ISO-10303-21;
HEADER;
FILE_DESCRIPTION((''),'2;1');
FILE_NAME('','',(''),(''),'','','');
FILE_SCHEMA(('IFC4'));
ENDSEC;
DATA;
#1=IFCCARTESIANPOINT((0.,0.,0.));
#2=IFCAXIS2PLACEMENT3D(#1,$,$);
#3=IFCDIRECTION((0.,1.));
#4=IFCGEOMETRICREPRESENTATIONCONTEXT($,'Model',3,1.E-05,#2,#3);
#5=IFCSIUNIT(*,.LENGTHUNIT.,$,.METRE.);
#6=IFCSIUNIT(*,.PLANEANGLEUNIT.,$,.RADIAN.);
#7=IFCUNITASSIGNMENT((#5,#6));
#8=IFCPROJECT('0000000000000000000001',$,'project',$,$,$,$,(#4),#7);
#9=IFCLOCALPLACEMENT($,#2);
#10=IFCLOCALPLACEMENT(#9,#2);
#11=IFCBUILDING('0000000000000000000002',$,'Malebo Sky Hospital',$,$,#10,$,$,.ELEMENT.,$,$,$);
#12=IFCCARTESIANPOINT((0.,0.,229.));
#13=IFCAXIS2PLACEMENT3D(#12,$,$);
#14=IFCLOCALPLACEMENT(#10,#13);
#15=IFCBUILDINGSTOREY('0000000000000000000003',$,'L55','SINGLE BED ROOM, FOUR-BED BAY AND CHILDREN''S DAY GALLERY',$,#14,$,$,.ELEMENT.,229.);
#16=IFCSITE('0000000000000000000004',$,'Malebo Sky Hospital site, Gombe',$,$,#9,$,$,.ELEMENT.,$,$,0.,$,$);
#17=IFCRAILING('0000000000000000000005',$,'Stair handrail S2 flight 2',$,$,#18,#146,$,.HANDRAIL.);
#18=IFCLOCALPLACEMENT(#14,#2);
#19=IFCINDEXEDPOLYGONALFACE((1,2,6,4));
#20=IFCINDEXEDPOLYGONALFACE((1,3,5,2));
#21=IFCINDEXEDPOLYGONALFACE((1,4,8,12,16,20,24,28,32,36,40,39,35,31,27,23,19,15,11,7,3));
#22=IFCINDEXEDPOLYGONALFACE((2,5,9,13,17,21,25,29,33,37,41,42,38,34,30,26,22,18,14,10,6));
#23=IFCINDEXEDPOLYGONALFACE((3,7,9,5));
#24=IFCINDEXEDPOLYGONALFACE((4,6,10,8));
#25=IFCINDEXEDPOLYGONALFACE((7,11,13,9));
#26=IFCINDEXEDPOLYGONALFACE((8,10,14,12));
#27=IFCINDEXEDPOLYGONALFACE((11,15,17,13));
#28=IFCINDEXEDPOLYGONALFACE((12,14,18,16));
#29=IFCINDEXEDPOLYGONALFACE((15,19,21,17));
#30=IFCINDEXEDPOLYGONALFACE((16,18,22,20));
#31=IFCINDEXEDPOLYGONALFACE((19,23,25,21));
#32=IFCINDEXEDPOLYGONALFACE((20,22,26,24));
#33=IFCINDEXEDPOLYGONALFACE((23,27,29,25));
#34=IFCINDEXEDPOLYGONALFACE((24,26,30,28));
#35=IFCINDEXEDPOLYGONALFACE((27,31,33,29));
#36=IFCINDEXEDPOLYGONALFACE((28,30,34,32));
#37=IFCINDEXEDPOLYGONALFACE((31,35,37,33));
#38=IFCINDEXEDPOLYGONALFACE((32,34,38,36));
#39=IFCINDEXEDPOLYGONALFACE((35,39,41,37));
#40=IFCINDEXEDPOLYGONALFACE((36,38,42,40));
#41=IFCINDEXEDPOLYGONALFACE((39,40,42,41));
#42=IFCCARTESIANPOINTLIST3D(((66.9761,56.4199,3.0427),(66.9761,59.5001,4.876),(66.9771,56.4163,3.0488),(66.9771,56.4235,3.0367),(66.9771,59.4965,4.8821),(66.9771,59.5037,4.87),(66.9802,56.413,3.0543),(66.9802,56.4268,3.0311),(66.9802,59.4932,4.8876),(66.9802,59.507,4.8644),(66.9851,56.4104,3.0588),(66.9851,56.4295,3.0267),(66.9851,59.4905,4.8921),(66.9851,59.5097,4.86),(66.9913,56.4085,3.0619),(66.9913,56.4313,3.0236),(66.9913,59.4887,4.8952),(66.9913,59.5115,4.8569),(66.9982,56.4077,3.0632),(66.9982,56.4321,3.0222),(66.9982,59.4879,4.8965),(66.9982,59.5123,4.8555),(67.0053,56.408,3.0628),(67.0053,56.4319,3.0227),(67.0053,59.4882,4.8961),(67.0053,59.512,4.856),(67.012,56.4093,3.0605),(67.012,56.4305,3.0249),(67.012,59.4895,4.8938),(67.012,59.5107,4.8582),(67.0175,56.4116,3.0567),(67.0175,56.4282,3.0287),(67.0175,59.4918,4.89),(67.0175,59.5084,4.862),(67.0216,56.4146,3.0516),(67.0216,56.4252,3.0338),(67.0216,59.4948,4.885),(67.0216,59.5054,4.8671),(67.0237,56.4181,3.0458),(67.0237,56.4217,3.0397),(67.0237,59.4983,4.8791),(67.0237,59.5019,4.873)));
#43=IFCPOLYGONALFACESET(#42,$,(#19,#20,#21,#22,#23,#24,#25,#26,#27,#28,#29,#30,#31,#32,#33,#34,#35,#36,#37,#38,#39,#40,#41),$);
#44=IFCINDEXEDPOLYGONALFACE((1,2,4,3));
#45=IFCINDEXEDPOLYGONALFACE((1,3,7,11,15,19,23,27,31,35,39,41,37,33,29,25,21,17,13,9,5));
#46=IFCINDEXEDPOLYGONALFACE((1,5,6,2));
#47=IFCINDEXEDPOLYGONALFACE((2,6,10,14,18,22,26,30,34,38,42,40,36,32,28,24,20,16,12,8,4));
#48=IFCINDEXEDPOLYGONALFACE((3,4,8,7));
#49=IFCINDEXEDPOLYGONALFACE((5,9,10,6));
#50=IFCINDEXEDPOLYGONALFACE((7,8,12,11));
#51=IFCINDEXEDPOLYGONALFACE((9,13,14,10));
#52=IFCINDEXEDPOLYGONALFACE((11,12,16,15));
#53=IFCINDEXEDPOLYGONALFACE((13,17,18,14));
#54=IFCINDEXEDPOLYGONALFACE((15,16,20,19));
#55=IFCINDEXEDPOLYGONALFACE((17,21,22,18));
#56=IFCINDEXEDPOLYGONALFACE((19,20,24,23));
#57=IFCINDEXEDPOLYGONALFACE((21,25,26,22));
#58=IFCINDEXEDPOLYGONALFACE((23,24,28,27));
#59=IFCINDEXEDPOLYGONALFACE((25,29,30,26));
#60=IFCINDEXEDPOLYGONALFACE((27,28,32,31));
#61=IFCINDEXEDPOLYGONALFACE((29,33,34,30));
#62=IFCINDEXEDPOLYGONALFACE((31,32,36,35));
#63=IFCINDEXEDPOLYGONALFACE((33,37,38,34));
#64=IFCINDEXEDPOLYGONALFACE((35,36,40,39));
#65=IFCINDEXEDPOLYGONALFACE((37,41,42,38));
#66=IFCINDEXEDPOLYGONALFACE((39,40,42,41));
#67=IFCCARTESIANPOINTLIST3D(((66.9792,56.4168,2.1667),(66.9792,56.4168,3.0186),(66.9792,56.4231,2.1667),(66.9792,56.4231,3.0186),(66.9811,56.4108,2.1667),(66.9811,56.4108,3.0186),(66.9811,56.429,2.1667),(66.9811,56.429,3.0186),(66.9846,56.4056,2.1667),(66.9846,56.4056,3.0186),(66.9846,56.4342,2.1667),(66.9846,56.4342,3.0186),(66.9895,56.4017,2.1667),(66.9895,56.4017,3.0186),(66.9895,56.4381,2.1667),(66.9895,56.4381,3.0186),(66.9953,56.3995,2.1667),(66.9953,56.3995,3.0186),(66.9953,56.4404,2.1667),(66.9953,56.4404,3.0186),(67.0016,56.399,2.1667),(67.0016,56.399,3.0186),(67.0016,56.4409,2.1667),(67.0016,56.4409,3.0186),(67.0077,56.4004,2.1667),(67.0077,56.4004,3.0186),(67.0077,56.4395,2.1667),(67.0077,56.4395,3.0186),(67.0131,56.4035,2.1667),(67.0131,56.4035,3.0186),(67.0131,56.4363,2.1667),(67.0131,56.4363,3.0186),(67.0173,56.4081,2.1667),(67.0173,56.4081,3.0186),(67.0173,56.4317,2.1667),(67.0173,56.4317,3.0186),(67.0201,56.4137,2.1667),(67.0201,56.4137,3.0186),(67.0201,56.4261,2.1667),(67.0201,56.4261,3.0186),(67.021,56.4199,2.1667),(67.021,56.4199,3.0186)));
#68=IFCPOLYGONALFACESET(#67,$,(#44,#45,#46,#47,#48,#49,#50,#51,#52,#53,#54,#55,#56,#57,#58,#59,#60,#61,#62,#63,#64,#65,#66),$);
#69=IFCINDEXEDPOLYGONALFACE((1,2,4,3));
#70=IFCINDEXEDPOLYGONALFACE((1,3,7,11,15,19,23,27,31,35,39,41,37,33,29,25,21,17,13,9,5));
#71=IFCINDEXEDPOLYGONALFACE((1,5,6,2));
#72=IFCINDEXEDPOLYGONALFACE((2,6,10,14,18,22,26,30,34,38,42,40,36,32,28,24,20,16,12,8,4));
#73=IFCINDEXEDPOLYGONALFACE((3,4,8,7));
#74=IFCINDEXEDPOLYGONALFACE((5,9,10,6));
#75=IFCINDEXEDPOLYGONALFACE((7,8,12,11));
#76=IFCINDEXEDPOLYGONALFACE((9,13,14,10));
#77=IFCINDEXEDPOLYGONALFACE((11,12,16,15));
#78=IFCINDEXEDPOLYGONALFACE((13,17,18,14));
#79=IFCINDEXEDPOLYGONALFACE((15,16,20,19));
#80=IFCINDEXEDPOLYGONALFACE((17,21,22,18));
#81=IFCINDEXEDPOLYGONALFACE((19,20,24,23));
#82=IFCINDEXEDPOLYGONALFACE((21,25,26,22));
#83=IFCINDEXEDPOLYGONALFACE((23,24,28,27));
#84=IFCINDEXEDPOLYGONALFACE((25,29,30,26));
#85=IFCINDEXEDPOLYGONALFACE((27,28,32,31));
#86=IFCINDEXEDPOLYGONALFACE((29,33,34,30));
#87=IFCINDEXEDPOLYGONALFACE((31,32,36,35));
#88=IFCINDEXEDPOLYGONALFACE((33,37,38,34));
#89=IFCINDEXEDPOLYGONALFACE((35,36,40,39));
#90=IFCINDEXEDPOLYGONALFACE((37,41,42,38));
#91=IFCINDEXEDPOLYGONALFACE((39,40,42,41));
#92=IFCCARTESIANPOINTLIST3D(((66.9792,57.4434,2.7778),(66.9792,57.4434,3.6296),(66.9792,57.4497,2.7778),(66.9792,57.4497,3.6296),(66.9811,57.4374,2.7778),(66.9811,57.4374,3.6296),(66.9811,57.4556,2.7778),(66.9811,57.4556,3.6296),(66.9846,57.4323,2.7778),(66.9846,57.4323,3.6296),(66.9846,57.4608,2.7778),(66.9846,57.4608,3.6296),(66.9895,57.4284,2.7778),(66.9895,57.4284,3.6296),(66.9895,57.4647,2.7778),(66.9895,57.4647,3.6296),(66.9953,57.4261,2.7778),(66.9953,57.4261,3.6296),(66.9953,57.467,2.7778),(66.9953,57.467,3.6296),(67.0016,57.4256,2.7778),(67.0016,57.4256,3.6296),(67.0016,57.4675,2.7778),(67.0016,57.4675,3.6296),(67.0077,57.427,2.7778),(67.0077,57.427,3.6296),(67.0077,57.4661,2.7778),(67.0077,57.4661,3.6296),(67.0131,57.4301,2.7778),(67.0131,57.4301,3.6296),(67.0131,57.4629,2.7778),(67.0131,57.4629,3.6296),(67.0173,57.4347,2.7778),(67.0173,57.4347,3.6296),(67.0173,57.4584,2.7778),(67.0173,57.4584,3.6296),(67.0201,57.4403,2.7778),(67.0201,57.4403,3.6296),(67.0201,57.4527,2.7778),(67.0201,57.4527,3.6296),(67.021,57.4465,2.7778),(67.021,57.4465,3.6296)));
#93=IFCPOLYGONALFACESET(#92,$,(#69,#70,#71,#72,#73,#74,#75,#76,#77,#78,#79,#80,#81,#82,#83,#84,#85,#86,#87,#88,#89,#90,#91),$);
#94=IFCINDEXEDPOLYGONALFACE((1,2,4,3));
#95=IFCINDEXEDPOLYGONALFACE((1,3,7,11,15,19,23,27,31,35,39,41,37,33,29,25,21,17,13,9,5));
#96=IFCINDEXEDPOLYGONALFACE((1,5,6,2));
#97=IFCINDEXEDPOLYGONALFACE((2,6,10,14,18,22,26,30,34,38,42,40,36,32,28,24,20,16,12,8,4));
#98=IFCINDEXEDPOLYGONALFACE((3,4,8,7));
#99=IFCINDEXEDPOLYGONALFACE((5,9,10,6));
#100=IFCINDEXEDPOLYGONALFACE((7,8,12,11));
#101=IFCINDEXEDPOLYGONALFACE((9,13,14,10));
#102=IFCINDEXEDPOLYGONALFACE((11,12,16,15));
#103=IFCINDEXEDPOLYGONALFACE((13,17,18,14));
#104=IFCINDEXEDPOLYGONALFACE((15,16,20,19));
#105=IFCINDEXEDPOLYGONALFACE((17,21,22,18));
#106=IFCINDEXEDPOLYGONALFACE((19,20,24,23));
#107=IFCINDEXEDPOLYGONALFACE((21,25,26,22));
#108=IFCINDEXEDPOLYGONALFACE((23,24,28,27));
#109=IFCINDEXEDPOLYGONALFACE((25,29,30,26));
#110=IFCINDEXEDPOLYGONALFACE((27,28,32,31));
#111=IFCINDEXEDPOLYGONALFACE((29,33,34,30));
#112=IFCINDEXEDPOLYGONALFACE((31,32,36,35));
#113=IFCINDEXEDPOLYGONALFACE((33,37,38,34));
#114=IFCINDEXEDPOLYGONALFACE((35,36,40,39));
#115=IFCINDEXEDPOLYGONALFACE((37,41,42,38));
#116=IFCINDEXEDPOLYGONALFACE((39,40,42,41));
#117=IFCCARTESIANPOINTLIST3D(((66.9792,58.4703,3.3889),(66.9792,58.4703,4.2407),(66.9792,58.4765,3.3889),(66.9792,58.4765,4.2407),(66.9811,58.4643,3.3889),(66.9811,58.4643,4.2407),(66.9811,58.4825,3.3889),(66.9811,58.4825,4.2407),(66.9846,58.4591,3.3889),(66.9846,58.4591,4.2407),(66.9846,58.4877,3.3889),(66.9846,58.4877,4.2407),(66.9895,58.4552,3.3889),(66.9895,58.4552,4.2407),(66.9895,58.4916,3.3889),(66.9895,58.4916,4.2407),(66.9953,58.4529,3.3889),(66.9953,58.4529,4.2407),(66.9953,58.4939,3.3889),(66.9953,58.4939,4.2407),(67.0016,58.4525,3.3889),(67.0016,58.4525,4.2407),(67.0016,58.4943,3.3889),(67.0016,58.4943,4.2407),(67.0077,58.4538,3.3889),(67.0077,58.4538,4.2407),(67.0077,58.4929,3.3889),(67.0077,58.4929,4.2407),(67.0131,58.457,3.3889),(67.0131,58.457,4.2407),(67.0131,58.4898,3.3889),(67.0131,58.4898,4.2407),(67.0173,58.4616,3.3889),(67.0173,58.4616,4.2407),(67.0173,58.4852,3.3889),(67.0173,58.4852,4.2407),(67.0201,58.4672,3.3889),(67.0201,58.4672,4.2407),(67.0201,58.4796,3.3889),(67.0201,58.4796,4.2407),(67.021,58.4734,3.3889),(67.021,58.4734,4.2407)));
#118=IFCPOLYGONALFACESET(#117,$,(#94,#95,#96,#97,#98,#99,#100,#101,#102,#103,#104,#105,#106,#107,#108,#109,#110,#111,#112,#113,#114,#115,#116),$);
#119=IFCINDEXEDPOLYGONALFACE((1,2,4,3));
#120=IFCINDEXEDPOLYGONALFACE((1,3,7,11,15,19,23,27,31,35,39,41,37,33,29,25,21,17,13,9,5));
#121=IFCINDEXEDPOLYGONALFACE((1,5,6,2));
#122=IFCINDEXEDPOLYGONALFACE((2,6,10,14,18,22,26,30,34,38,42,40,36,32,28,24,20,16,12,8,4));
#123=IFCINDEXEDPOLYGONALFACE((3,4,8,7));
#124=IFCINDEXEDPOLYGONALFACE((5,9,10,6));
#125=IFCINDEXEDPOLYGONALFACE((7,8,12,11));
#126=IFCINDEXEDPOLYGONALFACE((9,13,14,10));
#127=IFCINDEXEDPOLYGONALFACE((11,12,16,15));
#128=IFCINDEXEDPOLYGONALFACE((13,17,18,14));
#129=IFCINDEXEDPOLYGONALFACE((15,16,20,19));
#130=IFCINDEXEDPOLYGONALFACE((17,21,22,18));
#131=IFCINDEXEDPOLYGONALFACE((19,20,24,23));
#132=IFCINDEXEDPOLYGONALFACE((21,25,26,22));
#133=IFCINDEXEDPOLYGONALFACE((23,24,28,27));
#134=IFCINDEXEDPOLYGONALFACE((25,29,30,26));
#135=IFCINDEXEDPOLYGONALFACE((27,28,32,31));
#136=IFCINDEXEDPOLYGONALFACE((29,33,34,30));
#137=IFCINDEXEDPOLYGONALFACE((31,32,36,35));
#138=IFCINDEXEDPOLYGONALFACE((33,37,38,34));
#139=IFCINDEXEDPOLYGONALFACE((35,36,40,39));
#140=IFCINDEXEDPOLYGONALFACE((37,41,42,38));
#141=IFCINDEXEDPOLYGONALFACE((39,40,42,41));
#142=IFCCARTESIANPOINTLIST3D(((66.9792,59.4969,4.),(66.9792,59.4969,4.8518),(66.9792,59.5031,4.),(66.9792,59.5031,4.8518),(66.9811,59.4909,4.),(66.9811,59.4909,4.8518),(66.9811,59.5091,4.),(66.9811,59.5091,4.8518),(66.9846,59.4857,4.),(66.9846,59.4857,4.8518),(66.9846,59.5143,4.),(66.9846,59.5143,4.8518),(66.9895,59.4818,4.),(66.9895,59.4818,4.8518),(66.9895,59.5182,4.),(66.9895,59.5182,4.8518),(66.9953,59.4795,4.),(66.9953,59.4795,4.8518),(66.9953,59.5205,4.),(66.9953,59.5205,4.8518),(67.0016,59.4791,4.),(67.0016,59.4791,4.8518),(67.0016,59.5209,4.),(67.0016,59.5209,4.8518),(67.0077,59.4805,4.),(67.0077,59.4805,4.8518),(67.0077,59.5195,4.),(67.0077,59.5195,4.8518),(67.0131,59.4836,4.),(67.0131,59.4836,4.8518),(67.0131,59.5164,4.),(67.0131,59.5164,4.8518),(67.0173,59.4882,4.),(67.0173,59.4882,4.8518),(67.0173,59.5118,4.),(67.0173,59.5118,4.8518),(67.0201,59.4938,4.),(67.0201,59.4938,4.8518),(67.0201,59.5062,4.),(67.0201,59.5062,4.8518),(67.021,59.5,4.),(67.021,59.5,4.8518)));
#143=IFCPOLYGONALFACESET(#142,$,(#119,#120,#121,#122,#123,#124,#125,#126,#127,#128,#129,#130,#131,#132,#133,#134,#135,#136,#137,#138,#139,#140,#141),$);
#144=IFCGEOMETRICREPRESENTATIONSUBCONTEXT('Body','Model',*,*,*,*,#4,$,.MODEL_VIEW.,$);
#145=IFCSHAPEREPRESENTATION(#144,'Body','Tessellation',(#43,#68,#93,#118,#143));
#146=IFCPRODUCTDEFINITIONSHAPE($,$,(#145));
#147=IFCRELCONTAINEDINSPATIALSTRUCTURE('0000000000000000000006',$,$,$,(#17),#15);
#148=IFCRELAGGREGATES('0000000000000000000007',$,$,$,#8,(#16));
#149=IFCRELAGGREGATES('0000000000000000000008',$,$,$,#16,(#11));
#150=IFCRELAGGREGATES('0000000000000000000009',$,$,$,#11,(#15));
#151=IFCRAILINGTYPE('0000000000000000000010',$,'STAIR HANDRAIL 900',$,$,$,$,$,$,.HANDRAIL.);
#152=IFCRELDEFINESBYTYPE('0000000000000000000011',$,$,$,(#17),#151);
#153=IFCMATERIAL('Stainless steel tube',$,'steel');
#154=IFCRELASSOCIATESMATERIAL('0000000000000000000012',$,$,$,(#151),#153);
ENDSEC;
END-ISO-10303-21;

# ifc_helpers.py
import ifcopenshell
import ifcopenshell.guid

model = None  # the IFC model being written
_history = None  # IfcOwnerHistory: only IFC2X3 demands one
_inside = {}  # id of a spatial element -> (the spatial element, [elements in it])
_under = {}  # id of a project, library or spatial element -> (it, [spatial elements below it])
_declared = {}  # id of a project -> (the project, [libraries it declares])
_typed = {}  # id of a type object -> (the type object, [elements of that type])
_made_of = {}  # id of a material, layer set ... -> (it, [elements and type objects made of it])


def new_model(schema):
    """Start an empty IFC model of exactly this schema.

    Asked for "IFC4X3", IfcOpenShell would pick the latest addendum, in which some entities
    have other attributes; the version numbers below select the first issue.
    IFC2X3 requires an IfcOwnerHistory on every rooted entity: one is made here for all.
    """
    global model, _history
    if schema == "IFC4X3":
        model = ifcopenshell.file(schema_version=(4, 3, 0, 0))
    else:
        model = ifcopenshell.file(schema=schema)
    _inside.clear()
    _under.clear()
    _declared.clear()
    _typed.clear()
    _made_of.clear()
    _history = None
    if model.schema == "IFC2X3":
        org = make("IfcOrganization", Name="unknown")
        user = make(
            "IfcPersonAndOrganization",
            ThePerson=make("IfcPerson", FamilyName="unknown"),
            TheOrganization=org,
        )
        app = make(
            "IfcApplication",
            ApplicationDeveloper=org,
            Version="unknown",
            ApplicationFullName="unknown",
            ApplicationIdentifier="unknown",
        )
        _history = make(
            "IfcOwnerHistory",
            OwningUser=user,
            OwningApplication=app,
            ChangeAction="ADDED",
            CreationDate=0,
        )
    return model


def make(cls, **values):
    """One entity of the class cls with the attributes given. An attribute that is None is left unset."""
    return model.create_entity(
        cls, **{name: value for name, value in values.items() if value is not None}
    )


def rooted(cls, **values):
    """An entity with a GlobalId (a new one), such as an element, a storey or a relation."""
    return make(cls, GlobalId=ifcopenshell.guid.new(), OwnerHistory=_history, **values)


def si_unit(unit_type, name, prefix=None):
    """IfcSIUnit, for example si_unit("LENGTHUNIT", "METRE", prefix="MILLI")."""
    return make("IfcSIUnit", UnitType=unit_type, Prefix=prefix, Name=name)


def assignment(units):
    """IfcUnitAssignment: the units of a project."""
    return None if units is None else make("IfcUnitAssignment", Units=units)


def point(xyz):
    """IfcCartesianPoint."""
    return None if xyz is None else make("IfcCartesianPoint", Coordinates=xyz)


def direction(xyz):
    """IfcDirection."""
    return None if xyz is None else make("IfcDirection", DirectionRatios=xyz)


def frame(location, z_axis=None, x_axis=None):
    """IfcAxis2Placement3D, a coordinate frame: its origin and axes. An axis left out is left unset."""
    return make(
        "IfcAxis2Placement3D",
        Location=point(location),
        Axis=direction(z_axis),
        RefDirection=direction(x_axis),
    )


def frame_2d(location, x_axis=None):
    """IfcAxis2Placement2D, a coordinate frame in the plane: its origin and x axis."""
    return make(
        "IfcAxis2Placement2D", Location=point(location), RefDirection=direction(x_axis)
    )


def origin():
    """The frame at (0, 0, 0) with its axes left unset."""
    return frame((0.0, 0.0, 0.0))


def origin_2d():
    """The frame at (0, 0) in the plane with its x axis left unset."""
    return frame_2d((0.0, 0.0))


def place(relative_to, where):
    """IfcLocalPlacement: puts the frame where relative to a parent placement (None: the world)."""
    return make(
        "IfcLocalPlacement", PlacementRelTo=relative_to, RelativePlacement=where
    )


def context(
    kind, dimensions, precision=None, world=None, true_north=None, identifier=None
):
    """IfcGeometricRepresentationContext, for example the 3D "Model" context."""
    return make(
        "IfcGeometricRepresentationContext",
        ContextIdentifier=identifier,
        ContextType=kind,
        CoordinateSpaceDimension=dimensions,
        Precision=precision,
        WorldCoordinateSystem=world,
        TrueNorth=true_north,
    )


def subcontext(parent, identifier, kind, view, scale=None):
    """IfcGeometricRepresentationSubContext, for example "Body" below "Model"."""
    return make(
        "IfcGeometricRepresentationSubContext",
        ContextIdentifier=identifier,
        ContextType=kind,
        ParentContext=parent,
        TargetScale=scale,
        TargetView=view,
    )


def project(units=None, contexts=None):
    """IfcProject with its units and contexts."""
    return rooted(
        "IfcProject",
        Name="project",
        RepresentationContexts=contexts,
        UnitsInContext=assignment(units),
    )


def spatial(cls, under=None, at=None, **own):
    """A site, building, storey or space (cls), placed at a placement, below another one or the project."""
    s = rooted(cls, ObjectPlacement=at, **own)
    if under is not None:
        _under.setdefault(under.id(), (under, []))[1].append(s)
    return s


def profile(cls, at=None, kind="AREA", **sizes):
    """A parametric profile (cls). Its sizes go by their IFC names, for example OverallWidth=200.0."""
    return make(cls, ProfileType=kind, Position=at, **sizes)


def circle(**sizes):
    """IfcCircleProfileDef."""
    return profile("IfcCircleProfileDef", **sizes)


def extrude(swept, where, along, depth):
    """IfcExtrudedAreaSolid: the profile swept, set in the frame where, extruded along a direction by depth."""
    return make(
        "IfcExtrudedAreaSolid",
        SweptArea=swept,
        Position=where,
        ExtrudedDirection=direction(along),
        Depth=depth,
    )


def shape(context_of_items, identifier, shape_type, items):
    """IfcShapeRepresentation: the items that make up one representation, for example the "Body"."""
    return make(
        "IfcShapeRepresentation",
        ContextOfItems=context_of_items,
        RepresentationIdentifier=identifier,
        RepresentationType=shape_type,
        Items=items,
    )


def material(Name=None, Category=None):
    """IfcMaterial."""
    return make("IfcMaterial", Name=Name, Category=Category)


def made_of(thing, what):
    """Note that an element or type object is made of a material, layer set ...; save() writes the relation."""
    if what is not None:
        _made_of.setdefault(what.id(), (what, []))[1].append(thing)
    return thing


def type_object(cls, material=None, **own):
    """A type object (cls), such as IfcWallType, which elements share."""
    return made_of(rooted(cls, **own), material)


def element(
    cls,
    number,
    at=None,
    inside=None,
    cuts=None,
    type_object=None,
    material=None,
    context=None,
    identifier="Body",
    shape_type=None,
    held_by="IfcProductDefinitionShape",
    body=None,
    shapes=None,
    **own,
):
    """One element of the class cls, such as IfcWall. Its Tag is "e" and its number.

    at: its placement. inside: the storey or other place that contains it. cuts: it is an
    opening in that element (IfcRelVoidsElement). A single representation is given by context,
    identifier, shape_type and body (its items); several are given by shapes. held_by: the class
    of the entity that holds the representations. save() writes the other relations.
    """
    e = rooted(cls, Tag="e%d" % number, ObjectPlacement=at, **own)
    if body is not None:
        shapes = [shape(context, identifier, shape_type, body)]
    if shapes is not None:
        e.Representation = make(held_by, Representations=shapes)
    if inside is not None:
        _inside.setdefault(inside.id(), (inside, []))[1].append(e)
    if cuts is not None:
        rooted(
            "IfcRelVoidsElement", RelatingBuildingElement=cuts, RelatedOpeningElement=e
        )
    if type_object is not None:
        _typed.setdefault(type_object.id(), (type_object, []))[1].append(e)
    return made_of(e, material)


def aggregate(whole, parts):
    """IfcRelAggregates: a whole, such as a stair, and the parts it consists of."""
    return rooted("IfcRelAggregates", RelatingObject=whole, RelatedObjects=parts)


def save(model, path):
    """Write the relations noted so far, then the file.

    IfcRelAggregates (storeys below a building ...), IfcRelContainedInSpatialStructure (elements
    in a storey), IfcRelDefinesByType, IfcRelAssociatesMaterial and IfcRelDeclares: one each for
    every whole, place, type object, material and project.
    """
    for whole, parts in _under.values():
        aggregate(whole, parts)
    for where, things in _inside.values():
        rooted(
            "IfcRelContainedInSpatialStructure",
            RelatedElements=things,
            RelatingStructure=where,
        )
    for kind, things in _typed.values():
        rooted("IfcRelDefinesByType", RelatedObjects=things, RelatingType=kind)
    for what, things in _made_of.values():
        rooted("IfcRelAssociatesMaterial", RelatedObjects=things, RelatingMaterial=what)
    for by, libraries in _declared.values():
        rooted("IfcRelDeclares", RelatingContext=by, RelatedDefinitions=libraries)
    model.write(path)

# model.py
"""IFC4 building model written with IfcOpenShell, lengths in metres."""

from ifc_helpers import new_model, si_unit, direction, frame, origin, origin_2d, place, context, subcontext, project, spatial, circle, extrude, material, type_object, element, save


model = new_model("IFC4")

# Units and contexts
model_context = context("Model", 3, precision=1e-05, world=origin(), true_north=direction((0.0, 1.0)))
body_context = subcontext(model_context, "Body", "Model", "MODEL_VIEW")
ifc_project = project(units=[si_unit("LENGTHUNIT", "METRE"), si_unit("PLANEANGLEUNIT", "RADIAN")], contexts=[model_context])

# Site, building, storey
site_placement = place(None, origin())
site = spatial("IfcSite", under=ifc_project, at=site_placement, Name="Malebo Sky Hospital site, Gombe", CompositionType="ELEMENT", RefElevation=0.0)
building_placement = place(site_placement, origin())
building = spatial("IfcBuilding", under=site, at=building_placement, Name="Malebo Sky Hospital", CompositionType="ELEMENT")
storey_placement = place(building_placement, frame((0.0, 0.0, 229.0)))
storey = spatial("IfcBuildingStorey", under=building, at=storey_placement, Name="L55", Description="SINGLE BED ROOM, FOUR-BED BAY AND CHILDREN'S DAY GALLERY", CompositionType="ELEMENT", Elevation=229.0)

# Railing
ifc_material_1 = material(Name="Stainless steel tube", Category="steel")
railing_type = type_object("IfcRailingType", Name="STAIR HANDRAIL 900", PredefinedType="HANDRAIL", material=ifc_material_1)
railing_1_placement = place(storey_placement, frame((67.0, 56.4199, 2.1667)))
element("IfcRailing", 1, at=railing_1_placement, inside=storey, type_object=railing_type, Name="Stair handrail S2 flight 2", PredefinedType="HANDRAIL", context=body_context, shape_type="SweptSolid", body=[
    extrude(circle(Radius=0.0239, at=origin_2d()), frame((0.0, 0.0, 0.876), z_axis=(0.0, 0.859309, 0.511458), x_axis=(-1.0, 0.0, 0.0)), (0.0, 0.0, 1.0), 3.5845),
    extrude(circle(Radius=0.021, at=origin_2d()), origin(), (0.0, 0.0, 1.0), 0.8518),
    extrude(circle(Radius=0.021, at=origin_2d()), frame((0.0, 1.0266, 0.6111)), (0.0, 0.0, 1.0), 0.8518),
    extrude(circle(Radius=0.021, at=origin_2d()), frame((0.0, 2.0535, 1.2222)), (0.0, 0.0, 1.0), 0.8518),
    extrude(circle(Radius=0.021, at=origin_2d()), frame((0.0, 3.0801, 1.8333)), (0.0, 0.0, 1.0), 0.8518),
])

save(model, "model.ifc")
